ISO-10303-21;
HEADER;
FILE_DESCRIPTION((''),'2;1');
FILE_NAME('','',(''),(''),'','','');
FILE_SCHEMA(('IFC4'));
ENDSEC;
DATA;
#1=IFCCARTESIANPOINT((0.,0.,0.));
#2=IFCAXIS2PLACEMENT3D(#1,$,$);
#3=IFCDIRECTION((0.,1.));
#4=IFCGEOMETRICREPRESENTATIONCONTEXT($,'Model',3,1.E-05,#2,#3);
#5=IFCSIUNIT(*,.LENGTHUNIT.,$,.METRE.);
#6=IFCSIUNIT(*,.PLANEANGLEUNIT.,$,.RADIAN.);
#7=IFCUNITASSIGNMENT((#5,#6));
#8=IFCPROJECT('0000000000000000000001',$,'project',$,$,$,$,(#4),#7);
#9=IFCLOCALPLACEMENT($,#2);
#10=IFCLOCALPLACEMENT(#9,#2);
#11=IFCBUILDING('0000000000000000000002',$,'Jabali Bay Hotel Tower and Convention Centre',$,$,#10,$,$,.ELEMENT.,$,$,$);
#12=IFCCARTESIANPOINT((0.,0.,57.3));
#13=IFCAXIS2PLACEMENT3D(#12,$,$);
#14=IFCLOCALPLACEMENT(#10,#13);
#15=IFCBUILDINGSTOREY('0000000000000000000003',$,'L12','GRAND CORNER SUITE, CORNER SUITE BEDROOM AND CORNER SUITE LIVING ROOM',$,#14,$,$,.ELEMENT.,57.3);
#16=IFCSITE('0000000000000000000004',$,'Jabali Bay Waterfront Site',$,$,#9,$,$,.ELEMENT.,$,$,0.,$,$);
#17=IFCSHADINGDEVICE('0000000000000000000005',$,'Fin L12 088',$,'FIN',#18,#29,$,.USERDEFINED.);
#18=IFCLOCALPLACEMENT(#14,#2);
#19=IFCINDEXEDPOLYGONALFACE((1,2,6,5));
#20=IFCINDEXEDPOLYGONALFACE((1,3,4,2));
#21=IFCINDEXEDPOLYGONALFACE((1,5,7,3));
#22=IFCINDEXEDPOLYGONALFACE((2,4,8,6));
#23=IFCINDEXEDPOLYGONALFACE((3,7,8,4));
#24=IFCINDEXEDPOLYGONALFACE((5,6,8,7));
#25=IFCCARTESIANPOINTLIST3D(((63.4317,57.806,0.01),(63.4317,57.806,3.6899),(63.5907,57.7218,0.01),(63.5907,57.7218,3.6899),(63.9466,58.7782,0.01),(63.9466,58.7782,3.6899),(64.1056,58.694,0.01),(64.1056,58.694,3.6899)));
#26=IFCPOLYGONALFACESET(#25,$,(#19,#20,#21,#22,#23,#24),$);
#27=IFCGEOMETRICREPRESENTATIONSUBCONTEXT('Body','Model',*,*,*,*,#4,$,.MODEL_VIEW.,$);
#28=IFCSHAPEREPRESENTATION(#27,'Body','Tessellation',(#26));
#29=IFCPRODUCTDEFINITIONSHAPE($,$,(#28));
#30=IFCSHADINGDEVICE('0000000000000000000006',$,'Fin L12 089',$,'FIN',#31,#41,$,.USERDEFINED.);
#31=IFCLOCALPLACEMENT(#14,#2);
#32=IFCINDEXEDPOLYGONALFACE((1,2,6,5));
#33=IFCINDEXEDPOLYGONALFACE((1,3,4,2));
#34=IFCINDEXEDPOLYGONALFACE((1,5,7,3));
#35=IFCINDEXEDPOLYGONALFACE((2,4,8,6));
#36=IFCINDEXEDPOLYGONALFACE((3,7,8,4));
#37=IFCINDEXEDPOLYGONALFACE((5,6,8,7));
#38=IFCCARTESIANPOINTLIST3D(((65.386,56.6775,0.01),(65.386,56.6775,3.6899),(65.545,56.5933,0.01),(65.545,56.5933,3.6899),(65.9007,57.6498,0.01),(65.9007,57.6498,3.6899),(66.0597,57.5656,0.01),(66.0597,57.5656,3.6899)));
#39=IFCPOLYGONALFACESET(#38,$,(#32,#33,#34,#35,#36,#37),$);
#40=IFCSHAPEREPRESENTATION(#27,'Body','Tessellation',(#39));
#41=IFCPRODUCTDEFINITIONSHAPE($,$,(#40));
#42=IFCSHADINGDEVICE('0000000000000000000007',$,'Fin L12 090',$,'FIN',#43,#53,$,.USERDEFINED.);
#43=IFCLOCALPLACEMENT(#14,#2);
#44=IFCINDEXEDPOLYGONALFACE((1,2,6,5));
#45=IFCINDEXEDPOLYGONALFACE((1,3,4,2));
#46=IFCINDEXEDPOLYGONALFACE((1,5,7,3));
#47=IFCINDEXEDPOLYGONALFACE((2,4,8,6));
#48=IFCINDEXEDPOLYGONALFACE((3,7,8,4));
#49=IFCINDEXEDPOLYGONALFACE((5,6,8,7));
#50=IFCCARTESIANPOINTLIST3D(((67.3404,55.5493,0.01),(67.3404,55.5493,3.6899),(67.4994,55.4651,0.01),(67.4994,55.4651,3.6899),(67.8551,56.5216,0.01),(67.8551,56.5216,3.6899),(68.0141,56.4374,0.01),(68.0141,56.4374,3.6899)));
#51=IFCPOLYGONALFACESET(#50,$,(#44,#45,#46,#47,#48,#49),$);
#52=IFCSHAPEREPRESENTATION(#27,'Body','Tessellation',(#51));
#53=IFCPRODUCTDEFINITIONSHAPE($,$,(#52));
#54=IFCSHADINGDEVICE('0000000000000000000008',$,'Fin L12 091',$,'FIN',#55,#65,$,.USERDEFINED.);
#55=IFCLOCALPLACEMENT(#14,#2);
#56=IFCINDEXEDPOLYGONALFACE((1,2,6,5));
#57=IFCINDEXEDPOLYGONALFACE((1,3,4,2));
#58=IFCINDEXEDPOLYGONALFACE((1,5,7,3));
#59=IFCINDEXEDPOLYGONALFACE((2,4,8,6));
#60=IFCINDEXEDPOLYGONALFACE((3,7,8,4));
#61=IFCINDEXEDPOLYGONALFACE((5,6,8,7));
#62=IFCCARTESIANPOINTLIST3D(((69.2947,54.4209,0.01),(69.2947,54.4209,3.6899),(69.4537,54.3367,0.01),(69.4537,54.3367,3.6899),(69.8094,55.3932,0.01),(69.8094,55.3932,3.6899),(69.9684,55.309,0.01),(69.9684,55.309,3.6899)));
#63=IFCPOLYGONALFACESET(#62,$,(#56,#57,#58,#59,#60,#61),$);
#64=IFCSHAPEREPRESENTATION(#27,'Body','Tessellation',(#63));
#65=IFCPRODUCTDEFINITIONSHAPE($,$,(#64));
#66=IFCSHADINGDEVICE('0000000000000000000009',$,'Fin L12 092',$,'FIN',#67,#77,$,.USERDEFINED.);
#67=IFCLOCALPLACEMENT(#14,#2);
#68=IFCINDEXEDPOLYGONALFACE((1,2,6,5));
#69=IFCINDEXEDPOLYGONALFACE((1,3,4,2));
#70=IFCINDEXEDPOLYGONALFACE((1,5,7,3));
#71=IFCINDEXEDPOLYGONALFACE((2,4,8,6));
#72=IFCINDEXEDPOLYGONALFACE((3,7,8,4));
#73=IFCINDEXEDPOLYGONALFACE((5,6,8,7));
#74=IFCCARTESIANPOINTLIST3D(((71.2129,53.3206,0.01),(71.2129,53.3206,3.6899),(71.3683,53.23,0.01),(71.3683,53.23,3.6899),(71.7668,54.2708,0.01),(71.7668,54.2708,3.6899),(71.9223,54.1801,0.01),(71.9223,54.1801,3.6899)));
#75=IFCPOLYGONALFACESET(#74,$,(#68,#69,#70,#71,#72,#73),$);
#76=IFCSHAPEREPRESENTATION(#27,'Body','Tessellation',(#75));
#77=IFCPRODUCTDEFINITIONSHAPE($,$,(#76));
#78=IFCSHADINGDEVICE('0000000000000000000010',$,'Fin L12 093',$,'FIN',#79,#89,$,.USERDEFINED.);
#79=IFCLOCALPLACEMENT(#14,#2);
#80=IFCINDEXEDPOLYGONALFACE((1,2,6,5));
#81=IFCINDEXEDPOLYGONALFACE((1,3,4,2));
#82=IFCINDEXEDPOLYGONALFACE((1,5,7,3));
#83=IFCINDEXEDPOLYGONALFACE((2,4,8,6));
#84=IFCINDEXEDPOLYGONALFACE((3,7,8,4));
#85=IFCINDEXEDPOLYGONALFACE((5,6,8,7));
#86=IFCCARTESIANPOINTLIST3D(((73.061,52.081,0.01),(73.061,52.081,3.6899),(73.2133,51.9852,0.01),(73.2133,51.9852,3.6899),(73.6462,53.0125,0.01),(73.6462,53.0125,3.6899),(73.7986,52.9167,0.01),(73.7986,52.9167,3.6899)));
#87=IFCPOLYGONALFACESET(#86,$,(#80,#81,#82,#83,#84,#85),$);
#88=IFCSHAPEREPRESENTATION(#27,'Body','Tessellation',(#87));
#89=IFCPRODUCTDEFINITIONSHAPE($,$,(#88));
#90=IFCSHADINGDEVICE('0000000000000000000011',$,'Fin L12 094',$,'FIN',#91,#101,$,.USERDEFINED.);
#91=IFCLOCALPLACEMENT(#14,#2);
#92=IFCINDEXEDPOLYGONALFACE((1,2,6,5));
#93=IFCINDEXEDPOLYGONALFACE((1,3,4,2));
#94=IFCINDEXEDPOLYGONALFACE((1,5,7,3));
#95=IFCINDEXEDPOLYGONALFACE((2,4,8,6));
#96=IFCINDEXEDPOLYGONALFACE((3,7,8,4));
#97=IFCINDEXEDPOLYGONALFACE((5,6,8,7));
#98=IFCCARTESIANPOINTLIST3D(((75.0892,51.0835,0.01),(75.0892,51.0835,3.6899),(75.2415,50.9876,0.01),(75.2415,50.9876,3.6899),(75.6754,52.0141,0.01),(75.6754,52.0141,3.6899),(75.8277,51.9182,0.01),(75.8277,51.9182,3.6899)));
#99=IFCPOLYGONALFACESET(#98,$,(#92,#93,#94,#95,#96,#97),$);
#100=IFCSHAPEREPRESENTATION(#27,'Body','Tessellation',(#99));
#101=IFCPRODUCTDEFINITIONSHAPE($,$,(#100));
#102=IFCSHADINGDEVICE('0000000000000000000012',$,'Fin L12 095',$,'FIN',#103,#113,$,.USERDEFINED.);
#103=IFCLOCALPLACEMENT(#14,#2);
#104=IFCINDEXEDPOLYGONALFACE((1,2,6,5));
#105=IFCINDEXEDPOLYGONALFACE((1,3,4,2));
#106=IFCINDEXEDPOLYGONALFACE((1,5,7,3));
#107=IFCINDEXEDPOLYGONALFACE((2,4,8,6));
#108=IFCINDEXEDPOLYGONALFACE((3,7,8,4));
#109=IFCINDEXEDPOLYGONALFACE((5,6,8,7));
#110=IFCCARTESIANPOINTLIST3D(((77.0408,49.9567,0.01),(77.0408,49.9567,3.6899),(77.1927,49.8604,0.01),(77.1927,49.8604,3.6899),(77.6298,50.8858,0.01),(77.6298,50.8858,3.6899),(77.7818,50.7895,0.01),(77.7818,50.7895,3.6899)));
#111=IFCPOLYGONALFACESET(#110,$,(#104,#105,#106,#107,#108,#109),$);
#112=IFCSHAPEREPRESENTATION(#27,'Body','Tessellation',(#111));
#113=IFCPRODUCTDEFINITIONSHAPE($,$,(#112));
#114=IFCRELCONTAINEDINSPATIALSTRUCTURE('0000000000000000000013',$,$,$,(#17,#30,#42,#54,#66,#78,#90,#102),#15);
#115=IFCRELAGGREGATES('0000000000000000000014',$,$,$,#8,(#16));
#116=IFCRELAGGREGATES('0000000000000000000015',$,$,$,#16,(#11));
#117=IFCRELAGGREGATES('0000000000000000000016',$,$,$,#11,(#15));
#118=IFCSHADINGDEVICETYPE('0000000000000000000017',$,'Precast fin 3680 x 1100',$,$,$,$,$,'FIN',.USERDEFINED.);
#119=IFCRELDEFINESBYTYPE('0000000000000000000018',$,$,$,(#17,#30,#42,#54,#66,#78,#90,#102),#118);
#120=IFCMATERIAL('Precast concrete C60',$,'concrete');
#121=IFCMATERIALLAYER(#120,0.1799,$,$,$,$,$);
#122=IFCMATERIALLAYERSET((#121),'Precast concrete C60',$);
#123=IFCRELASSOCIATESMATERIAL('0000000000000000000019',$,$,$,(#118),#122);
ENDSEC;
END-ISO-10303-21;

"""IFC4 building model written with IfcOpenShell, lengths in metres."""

from ifc_helpers import new_model, si_unit, direction, frame, frame_2d, origin, place, context, subcontext, project, spatial, rectangle, extrude, material, layer, layer_set, type_object, element, save


model = new_model("IFC4")

# Units and contexts
model_context = context("Model", 3, precision=1e-05, world=origin(), true_north=direction((0.0, 1.0)))
body_context = subcontext(model_context, "Body", "Model", "MODEL_VIEW")
ifc_project = project(units=[si_unit("LENGTHUNIT", "METRE"), si_unit("PLANEANGLEUNIT", "RADIAN")], contexts=[model_context])

# Site, building, storey
site_placement = place(None, origin())
site = spatial("IfcSite", under=ifc_project, at=site_placement, Name="Jabali Bay Waterfront Site", CompositionType="ELEMENT", RefElevation=0.0)
building_placement = place(site_placement, origin())
building = spatial("IfcBuilding", under=site, at=building_placement, Name="Jabali Bay Hotel Tower and Convention Centre", CompositionType="ELEMENT")
storey_placement = place(building_placement, frame((0.0, 0.0, 57.3)))
storey = spatial("IfcBuildingStorey", under=building, at=storey_placement, Name="L12", Description="GRAND CORNER SUITE, CORNER SUITE BEDROOM AND CORNER SUITE LIVING ROOM", CompositionType="ELEMENT", Elevation=57.3)

# Shading devices
ifc_material_1 = material(Name="Precast concrete C60", Category="concrete")
ifc_layer_1 = layer(ifc_material_1, 0.1799)
ifc_layer_set_1 = layer_set([ifc_layer_1], Name="Precast concrete C60")
shading_device_type = type_object("IfcShadingDeviceType", Name="Precast fin 3680 x 1100", ElementType="FIN", PredefinedType="USERDEFINED", material=ifc_layer_set_1)
for number, where, z_axis, x_axis, name in (
    (1, (64.0261, 58.7361, 0.01), (0.0, 0.0, 1.0), (-0.468041, -0.883707, 0.0), "Fin L12 088"),
    (2, (65.9802, 57.6077, 0.01), (0.0, 0.0, 1.0), (-0.467867, -0.883799, 0.0), "Fin L12 089"),
    (3, (67.9346, 56.4795, 0.01), (0.0, 0.0, 1.0), (-0.467867, -0.883799, 0.0), "Fin L12 090"),
    (4, (69.8889, 55.3511, 0.01), (0.0, 0.0, 1.0), (-0.467867, -0.883799, 0.0), "Fin L12 091"),
):
    element("IfcShadingDevice", number, at=place(storey_placement, frame(where, z_axis=z_axis, x_axis=x_axis)), inside=storey, type_object=shading_device_type, Name=name, ObjectType="FIN", PredefinedType="USERDEFINED", context=body_context, shape_type="SweptSolid", body=[
        extrude(rectangle(XDim=1.1001, YDim=0.1799, at=frame_2d((0.55, 0.0))), origin(), (0.0, 0.0, 1.0), 3.6799),
    ])
shading_device_1_placement = place(storey_placement, frame((71.8445, 54.2253, 0.01), z_axis=(0.0, 0.0, 1.0), x_axis=(-0.50365, -0.863908, 0.0)))
element("IfcShadingDevice", 5, at=shading_device_1_placement, inside=storey, type_object=shading_device_type, Name="Fin L12 092", ObjectType="FIN", PredefinedType="USERDEFINED", context=body_context, shape_type="SweptSolid", body=[
    extrude(rectangle(XDim=1.0999, YDim=0.1799, at=frame_2d((0.5498, 0.0))), origin(), (0.0, 0.0, 1.0), 3.6799),
])
shading_device_2_placement = place(storey_placement, frame((73.7224, 52.9646, 0.01), z_axis=(0.0, 0.0, 1.0), x_axis=(-0.532012, -0.846737, 0.0)))
element("IfcShadingDevice", 6, at=shading_device_2_placement, inside=storey, type_object=shading_device_type, Name="Fin L12 093", ObjectType="FIN", PredefinedType="USERDEFINED", context=body_context, shape_type="SweptSolid", body=[
    extrude(rectangle(XDim=1.1001, YDim=0.1799, at=frame_2d((0.55, 0.0))), origin(), (0.0, 0.0, 1.0), 3.6799),
])
shading_device_3_placement = place(storey_placement, frame((75.7515, 51.9661, 0.01), z_axis=(0.0, 0.0, 1.0), x_axis=(-0.532949, -0.846148, 0.0)))
element("IfcShadingDevice", 7, at=shading_device_3_placement, inside=storey, type_object=shading_device_type, Name="Fin L12 094", ObjectType="FIN", PredefinedType="USERDEFINED", context=body_context, shape_type="SweptSolid", body=[
    extrude(rectangle(XDim=1.0999, YDim=0.1799, at=frame_2d((0.5498, 0.0))), origin(), (0.0, 0.0, 1.0), 3.6799),
])
shading_device_4_placement = place(storey_placement, frame((77.7058, 50.8376, 0.01), z_axis=(0.0, 0.0, 1.0), x_axis=(-0.535453, -0.844565, 0.0)))
element("IfcShadingDevice", 8, at=shading_device_4_placement, inside=storey, type_object=shading_device_type, Name="Fin L12 095", ObjectType="FIN", PredefinedType="USERDEFINED", context=body_context, shape_type="SweptSolid", body=[
    extrude(rectangle(XDim=1.1001, YDim=0.1799, at=frame_2d((0.55, 0.0))), origin(), (0.0, 0.0, 1.0), 3.6799),
])

save(model, "model.ifc")
